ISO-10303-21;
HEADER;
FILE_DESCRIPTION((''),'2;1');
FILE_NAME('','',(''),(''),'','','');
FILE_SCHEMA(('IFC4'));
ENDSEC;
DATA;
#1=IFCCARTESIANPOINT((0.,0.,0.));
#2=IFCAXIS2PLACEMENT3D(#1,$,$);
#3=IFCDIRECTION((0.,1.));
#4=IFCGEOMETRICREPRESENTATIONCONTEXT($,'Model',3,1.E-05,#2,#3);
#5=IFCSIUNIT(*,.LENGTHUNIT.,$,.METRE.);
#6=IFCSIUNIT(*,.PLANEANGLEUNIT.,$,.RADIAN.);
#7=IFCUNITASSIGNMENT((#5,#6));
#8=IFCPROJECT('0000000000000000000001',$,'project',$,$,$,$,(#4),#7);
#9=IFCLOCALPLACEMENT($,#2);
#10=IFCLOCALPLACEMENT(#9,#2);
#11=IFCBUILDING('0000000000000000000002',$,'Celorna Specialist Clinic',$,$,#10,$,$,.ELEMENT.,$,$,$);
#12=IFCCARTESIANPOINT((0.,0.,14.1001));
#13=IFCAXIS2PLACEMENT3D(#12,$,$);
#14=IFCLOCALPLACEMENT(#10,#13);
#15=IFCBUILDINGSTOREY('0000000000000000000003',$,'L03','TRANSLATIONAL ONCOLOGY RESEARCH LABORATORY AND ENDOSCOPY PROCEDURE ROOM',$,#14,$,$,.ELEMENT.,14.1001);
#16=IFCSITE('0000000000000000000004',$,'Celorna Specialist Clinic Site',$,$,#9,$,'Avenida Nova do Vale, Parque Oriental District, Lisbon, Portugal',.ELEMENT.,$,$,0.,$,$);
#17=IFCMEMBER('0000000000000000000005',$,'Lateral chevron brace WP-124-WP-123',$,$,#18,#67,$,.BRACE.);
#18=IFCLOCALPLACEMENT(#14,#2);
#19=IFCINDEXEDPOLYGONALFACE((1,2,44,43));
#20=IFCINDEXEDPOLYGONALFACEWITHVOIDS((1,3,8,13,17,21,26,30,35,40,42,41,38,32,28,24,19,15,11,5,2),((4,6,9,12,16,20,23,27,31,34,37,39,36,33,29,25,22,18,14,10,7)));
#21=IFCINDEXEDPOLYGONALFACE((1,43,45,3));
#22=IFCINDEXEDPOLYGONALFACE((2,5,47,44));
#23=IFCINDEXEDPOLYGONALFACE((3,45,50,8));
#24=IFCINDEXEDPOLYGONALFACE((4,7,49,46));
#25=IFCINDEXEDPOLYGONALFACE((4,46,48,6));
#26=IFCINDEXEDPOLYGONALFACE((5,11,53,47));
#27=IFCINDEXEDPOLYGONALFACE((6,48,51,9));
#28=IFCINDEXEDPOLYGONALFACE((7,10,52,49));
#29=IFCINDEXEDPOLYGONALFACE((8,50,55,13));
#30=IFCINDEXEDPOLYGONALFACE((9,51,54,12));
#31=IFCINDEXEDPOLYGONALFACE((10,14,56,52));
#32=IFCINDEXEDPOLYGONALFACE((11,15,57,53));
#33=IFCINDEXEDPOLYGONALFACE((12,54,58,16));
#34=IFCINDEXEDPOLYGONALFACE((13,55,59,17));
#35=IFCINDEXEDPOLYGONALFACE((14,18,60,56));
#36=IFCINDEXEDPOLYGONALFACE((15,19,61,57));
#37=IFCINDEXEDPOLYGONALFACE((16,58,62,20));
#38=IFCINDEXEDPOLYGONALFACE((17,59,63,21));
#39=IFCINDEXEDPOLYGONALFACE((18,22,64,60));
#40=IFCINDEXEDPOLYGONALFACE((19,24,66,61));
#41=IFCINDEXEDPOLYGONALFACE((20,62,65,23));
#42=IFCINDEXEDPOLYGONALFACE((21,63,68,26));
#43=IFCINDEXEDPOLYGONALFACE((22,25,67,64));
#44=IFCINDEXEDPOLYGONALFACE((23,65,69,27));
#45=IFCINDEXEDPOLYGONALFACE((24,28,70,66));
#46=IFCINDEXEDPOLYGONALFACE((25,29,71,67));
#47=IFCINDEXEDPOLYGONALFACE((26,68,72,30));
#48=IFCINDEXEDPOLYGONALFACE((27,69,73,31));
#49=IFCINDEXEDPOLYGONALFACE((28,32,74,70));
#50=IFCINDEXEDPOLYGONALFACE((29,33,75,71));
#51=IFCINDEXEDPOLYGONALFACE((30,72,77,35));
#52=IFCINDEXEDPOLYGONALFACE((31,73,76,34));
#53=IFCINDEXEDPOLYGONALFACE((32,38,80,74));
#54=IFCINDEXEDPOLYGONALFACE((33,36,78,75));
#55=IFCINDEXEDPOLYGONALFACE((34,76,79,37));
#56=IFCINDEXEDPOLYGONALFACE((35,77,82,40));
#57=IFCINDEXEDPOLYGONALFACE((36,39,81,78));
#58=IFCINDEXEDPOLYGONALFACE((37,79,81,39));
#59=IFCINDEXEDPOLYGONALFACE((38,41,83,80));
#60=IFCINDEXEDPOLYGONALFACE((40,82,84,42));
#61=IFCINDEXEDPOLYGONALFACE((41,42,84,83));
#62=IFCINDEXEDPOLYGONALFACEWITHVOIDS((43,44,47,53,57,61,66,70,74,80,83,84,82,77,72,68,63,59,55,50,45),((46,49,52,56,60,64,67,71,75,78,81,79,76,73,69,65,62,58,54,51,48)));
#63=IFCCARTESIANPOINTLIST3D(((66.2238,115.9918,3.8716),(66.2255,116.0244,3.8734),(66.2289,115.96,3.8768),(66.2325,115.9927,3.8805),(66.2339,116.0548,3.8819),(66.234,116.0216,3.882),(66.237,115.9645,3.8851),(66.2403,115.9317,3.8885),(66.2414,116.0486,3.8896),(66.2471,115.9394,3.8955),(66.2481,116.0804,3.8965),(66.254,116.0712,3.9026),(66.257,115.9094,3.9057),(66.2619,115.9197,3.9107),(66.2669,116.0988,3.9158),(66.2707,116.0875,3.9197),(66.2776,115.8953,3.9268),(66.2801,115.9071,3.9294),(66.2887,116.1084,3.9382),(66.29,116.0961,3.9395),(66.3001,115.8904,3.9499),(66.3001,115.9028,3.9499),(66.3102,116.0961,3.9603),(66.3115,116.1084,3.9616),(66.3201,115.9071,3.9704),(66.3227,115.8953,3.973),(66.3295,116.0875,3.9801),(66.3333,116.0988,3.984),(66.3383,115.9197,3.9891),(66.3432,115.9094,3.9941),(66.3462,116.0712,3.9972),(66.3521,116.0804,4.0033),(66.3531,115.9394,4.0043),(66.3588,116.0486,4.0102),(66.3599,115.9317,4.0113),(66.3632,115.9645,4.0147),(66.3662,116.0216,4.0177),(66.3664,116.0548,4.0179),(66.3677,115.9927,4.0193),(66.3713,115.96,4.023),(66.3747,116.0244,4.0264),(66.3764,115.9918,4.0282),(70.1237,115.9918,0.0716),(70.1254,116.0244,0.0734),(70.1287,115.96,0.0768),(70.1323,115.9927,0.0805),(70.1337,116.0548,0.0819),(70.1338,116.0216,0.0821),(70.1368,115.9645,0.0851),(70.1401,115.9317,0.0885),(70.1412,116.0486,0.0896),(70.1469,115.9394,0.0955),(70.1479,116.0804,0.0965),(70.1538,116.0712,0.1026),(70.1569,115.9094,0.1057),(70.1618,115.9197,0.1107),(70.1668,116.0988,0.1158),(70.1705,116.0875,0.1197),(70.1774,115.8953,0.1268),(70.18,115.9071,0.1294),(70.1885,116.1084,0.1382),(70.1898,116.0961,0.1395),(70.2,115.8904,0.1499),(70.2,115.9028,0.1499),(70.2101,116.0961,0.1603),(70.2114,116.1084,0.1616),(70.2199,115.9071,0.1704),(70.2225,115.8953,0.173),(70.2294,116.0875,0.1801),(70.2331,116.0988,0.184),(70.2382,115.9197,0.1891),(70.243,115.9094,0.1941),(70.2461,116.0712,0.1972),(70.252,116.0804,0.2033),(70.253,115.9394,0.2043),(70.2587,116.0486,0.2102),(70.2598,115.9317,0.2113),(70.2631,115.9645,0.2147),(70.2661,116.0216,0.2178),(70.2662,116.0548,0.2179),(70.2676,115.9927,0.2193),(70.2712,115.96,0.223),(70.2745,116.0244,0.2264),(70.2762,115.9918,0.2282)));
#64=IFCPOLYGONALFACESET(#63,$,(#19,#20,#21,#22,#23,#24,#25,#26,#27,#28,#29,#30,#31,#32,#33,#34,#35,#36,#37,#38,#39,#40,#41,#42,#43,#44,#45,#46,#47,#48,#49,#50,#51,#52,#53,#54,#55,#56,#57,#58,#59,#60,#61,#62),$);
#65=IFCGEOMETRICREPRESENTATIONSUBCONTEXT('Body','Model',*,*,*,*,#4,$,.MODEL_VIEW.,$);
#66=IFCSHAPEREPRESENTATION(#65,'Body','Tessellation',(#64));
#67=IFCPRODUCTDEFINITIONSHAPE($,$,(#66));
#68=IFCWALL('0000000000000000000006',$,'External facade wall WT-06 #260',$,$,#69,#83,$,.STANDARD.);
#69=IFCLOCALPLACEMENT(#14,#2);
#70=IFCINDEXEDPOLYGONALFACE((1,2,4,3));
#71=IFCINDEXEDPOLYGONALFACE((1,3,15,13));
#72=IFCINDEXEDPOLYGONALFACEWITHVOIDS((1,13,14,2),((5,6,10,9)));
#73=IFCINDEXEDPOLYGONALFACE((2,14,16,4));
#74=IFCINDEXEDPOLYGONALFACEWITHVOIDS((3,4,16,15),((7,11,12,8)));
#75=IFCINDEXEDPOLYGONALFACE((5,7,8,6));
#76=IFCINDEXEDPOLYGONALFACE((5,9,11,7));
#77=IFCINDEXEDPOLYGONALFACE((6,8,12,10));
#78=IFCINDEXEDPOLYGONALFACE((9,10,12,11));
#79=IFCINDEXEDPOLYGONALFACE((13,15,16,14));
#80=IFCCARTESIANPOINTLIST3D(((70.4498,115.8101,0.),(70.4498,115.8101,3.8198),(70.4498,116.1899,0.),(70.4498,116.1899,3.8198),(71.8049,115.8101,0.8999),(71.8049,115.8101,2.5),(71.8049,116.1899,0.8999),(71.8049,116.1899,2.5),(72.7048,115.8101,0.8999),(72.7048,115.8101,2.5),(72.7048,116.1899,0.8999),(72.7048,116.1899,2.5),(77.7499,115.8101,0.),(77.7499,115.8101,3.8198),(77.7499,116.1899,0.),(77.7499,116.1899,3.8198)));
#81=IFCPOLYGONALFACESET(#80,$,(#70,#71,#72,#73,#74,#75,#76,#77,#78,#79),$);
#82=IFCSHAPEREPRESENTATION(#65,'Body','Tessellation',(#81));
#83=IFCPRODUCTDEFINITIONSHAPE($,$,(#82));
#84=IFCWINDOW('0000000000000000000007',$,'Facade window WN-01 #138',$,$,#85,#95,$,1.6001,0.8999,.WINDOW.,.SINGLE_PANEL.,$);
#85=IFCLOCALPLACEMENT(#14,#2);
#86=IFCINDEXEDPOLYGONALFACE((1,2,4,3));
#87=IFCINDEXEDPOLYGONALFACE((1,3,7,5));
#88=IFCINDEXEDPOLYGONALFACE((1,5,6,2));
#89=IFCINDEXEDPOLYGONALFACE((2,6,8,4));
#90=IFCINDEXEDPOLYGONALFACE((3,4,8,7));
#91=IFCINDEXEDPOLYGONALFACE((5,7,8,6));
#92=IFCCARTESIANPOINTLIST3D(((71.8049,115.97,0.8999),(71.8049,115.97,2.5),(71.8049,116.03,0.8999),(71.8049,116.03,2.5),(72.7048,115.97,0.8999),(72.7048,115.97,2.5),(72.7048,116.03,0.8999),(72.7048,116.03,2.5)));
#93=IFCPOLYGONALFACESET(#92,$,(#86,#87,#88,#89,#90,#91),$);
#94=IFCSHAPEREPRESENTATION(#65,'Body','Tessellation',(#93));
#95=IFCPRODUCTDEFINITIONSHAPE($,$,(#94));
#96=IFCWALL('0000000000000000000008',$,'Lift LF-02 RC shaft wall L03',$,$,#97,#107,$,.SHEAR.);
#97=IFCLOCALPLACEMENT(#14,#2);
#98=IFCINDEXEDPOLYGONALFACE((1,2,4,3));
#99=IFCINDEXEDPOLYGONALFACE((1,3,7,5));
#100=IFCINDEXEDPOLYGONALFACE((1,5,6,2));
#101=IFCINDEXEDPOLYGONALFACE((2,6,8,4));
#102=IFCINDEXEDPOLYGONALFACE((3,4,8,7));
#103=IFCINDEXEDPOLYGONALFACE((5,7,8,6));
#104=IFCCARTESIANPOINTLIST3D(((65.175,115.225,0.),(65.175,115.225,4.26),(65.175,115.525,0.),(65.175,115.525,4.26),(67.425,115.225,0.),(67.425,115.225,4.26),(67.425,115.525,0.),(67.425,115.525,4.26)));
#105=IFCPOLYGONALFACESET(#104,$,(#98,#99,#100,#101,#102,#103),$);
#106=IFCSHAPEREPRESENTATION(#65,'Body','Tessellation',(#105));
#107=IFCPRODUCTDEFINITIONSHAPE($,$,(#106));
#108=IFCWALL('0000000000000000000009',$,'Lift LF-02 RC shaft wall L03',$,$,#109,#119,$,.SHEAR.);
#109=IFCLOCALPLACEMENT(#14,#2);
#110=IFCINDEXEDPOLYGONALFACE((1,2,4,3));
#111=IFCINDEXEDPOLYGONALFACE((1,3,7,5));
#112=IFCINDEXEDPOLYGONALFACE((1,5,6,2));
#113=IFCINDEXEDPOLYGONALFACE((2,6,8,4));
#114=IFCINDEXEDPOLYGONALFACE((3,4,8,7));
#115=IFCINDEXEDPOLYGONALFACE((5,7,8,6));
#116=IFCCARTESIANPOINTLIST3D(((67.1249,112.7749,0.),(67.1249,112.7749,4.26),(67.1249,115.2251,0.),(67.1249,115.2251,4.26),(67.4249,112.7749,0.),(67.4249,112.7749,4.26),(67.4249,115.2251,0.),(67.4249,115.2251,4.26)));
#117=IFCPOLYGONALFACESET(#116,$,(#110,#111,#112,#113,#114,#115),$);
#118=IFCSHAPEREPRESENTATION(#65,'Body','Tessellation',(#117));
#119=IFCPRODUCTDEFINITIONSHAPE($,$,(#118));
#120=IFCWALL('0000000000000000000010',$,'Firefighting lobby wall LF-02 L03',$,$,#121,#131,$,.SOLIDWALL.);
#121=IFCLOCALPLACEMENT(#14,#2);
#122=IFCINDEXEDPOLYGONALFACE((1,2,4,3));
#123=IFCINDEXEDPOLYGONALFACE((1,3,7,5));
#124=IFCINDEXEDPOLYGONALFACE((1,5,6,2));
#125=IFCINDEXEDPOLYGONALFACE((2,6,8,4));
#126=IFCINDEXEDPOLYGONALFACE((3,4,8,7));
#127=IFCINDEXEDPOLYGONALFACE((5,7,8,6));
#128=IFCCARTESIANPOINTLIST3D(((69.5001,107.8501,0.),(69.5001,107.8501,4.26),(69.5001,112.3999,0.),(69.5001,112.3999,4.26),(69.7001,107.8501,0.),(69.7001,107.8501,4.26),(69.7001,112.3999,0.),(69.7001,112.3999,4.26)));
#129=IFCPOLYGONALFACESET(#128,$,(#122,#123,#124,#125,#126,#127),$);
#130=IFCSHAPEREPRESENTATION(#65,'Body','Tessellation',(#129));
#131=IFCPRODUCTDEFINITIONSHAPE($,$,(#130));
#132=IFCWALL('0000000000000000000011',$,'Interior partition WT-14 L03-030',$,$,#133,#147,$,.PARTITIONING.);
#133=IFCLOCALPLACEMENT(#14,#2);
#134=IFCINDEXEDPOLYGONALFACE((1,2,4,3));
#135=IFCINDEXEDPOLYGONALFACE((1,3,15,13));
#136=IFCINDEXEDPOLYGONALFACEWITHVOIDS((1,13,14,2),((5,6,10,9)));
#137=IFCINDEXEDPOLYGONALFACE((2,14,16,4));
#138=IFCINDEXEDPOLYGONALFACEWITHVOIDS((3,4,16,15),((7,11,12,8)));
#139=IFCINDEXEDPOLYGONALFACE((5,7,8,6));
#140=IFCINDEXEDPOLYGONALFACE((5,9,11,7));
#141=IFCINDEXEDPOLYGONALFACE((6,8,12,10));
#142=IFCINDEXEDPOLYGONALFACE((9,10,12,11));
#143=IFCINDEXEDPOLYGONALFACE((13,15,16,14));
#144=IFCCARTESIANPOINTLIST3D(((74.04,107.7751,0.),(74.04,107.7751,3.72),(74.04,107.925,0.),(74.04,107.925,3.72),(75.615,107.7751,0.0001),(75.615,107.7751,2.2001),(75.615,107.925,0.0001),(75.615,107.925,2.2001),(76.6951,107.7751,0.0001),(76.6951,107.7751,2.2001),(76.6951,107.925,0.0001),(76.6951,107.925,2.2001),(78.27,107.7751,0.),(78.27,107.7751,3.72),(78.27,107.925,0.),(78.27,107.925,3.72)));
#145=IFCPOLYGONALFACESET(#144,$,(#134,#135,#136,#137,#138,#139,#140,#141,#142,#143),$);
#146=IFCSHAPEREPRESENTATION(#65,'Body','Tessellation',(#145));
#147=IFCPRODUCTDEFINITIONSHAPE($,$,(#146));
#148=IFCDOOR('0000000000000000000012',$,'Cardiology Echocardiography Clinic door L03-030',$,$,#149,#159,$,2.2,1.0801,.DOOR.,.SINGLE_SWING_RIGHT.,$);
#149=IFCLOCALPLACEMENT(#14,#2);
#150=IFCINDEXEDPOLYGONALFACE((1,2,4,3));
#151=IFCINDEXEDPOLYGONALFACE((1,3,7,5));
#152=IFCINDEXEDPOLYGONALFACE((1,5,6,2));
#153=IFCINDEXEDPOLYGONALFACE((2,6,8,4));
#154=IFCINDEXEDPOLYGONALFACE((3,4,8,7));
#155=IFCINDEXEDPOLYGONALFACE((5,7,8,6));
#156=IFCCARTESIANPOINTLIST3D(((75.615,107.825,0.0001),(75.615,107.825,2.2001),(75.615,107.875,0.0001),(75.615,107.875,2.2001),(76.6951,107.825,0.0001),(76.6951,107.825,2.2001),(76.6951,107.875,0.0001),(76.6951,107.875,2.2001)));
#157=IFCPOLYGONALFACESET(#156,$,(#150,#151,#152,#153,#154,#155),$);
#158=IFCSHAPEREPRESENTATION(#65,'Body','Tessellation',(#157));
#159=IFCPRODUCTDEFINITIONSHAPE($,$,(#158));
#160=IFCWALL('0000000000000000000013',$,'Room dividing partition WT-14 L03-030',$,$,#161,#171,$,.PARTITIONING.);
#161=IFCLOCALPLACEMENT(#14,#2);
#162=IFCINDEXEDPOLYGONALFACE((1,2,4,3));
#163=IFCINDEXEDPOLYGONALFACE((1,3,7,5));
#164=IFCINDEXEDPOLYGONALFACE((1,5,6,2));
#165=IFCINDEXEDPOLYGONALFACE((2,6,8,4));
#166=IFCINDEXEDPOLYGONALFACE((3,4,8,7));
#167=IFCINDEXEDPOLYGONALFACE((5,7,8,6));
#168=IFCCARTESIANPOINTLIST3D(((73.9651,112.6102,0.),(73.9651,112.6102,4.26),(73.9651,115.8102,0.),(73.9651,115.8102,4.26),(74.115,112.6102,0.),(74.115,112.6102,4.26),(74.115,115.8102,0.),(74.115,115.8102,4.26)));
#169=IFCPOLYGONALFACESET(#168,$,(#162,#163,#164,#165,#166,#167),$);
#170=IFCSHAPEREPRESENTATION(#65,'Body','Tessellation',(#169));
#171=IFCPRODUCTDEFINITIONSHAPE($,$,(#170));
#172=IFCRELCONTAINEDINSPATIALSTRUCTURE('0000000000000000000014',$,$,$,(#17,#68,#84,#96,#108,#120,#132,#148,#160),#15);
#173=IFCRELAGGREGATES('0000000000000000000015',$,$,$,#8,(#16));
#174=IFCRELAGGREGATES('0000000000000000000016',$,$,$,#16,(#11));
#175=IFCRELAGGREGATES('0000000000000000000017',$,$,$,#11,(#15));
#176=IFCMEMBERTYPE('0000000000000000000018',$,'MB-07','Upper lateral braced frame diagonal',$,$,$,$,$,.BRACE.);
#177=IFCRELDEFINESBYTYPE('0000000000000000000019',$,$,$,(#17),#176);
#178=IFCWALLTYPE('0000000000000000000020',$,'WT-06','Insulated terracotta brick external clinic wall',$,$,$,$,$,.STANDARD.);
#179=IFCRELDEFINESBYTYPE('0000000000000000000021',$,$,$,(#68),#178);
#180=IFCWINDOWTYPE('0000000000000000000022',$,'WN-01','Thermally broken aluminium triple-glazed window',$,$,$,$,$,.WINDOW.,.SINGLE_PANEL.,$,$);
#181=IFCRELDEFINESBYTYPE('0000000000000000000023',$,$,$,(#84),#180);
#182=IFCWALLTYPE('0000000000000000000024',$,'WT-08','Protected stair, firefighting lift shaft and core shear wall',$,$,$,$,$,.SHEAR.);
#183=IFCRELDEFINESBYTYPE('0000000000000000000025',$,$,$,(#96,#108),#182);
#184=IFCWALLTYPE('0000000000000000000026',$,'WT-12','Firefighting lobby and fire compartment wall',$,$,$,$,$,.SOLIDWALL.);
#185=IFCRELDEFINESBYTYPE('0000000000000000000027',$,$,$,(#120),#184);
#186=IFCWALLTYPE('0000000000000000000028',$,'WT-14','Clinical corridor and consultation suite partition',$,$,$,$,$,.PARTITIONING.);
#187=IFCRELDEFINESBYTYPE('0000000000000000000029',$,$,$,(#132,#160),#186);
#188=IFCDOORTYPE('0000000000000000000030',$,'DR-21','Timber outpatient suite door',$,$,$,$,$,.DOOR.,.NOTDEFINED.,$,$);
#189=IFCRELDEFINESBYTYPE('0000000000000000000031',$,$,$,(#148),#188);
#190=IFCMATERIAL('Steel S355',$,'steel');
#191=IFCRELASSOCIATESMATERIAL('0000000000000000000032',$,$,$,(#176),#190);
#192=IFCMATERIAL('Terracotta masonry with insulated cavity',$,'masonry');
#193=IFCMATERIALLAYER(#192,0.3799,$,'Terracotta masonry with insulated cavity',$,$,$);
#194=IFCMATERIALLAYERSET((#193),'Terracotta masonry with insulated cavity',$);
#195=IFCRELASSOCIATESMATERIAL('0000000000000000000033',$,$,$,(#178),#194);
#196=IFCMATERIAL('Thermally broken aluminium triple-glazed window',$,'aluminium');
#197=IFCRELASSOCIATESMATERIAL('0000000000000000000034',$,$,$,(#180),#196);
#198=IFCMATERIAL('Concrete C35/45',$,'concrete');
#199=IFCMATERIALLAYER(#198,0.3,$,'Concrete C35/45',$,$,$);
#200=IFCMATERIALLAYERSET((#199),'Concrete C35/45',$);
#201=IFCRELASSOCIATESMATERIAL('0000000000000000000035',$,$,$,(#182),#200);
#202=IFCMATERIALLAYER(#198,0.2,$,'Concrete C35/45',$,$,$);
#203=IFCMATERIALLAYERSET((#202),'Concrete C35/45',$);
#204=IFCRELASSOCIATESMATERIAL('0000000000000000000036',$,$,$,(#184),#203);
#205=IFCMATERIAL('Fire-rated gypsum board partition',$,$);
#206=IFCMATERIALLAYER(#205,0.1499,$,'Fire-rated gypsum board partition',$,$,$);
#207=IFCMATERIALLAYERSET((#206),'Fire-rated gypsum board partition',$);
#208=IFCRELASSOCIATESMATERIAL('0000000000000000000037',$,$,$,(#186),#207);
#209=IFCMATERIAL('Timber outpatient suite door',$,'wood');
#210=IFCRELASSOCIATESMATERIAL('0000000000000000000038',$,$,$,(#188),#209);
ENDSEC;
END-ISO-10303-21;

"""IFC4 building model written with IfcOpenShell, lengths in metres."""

from ifc_helpers import new_model, si_unit, direction, frame, frame_2d, origin, origin_2d, place, context, subcontext, project, spatial, rectangle, hollow_circle, extrude, material, layer, layer_set, material_profile, profile_set, type_object, element, fill, save


model = new_model("IFC4")

# Units and contexts
model_context = context("Model", 3, precision=1e-05, world=origin(), true_north=direction((0.0, 1.0)))
body_context = subcontext(model_context, "Body", "Model", "MODEL_VIEW")
ifc_project = project(units=[si_unit("LENGTHUNIT", "METRE"), si_unit("PLANEANGLEUNIT", "RADIAN")], contexts=[model_context])

# Site, building, storey
site_placement = place(None, origin())
site = spatial("IfcSite", under=ifc_project, at=site_placement, Name="Celorna Specialist Clinic Site", LongName="Avenida Nova do Vale, Parque Oriental District, Lisbon, Portugal", CompositionType="ELEMENT", RefElevation=0.0)
building_placement = place(site_placement, origin())
building = spatial("IfcBuilding", under=site, at=building_placement, Name="Celorna Specialist Clinic", CompositionType="ELEMENT")
storey_placement = place(building_placement, frame((0.0, 0.0, 14.1001)))
storey = spatial("IfcBuildingStorey", under=building, at=storey_placement, Name="L03", Description="TRANSLATIONAL ONCOLOGY RESEARCH LABORATORY AND ENDOSCOPY PROCEDURE ROOM", CompositionType="ELEMENT", Elevation=14.1001)

# Shared definitions
ifc_material_1 = material(Name="Concrete C35/45", Category="concrete")

# Shared definitions
ifc_material_2 = material(Name="Steel S355", Category="steel")

# Member
ifc_material_profile_1 = material_profile(ifc_material_2, hollow_circle(Radius=0.1096, WallThickness=0.0125, at=origin_2d()), Name="CHS 219.1x12.5")
ifc_profile_set_1 = profile_set([ifc_material_profile_1], Name="Steel S355")
member_type = type_object("IfcMemberType", Name="MB-07", Description="Upper lateral braced frame diagonal", PredefinedType="BRACE", material=ifc_profile_set_1)
member_placement = place(storey_placement, frame((70.2, 116.0, 0.1499), z_axis=(-0.716216, 0.0, 0.697878), x_axis=(0.0, -1.0, 0.0)))
element("IfcMember", 1, at=member_placement, inside=storey, type_object=member_type, Name="Lateral chevron brace WP-124-WP-123", PredefinedType="BRACE", context=body_context, shape_type="SweptSolid", body=[
    extrude(hollow_circle(Radius=0.1096, WallThickness=0.0125, at=origin_2d()), origin(), (0.0, 0.0, 1.0), 5.4451),
])

# Wall, opening, window
ifc_material_3 = material(Name="Terracotta masonry with insulated cavity", Category="masonry")
ifc_layer_1 = layer(ifc_material_3, 0.3799, Name="Terracotta masonry with insulated cavity")
ifc_layer_set_1 = layer_set([ifc_layer_1], Name="Terracotta masonry with insulated cavity")
wall_type_1 = type_object("IfcWallType", Name="WT-06", Description="Insulated terracotta brick external clinic wall", PredefinedType="STANDARD", material=ifc_layer_set_1)
wall_1_placement = place(storey_placement, frame((70.45, 116.0, 0.0), z_axis=(0.0, 0.0, 1.0), x_axis=(1.0, 0.0, 0.0)))
wall_1 = element("IfcWall", 2, at=wall_1_placement, inside=storey, type_object=wall_type_1, Name="External facade wall WT-06 #260", PredefinedType="STANDARD", context=body_context, shape_type="SweptSolid", body=[
    extrude(rectangle(XDim=7.3, YDim=0.3799, at=frame_2d((3.6499, 0.0))), origin(), (0.0, 0.0, 1.0), 3.8198),
])
opening_1_placement = place(wall_1_placement, frame((1.355, 0.0, 0.8999)))
opening_1 = element("IfcOpeningElement", 3, at=opening_1_placement, cuts=wall_1, PredefinedType="OPENING", context=body_context, shape_type="SweptSolid", body=[
    extrude(rectangle(XDim=0.8999, YDim=1.6001, at=frame_2d((0.45, 0.8))), frame((0.0, 0.2, 0.0), z_axis=(0.0, -1.0, 0.0), x_axis=(1.0, 0.0, 0.0)), (0.0, 0.0, 1.0), 0.3999),
])
ifc_material_4 = material(Name="Thermally broken aluminium triple-glazed window", Category="aluminium")
window_type = type_object("IfcWindowType", Name="WN-01", Description="Thermally broken aluminium triple-glazed window", PartitioningType="SINGLE_PANEL", PredefinedType="WINDOW", material=ifc_material_4)
window_placement = place(opening_1_placement, origin())
window = element("IfcWindow", 4, at=window_placement, inside=storey, type_object=window_type, Name="Facade window WN-01 #138", OverallHeight=1.6001, OverallWidth=0.8999, PartitioningType="SINGLE_PANEL", PredefinedType="WINDOW", context=body_context, shape_type="SweptSolid", body=[
    extrude(rectangle(XDim=0.8999, YDim=1.6001, at=frame_2d((0.45, 0.8))), frame((0.0, 0.03, 0.0), z_axis=(0.0, -1.0, 0.0), x_axis=(1.0, 0.0, 0.0)), (0.0, 0.0, 1.0), 0.0601),
])
fill(opening_1, window)

# Walls
ifc_layer_2 = layer(ifc_material_1, 0.3, Name="Concrete C35/45")
ifc_layer_set_2 = layer_set([ifc_layer_2], Name="Concrete C35/45")
wall_type_2 = type_object("IfcWallType", Name="WT-08", Description="Protected stair, firefighting lift shaft and core shear wall", PredefinedType="SHEAR", material=ifc_layer_set_2)
wall_2_placement = place(storey_placement, frame((67.425, 115.375, 0.0), z_axis=(0.0, 0.0, 1.0), x_axis=(-1.0, 0.0, 0.0)))
element("IfcWall", 5, at=wall_2_placement, inside=storey, type_object=wall_type_2, Name="Lift LF-02 RC shaft wall L03", PredefinedType="SHEAR", context=body_context, shape_type="SweptSolid", body=[
    extrude(rectangle(XDim=2.25, YDim=0.3, at=frame_2d((1.125, 0.0))), origin(), (0.0, 0.0, 1.0), 4.26),
])
wall_3_placement = place(storey_placement, frame((67.2749, 112.7749, 0.0), z_axis=(0.0, 0.0, 1.0), x_axis=(0.0, 1.0, 0.0)))
element("IfcWall", 6, at=wall_3_placement, inside=storey, type_object=wall_type_2, Name="Lift LF-02 RC shaft wall L03", PredefinedType="SHEAR", context=body_context, shape_type="SweptSolid", body=[
    extrude(rectangle(XDim=2.4502, YDim=0.3, at=frame_2d((1.2251, 0.0))), origin(), (0.0, 0.0, 1.0), 4.26),
])
ifc_layer_3 = layer(ifc_material_1, 0.2, Name="Concrete C35/45")
ifc_layer_set_3 = layer_set([ifc_layer_3], Name="Concrete C35/45")
wall_type_3 = type_object("IfcWallType", Name="WT-12", Description="Firefighting lobby and fire compartment wall", PredefinedType="SOLIDWALL", material=ifc_layer_set_3)
wall_4_placement = place(storey_placement, frame((69.6001, 107.8501, 0.0), z_axis=(0.0, 0.0, 1.0), x_axis=(0.0, 1.0, 0.0)))
element("IfcWall", 7, at=wall_4_placement, inside=storey, type_object=wall_type_3, Name="Firefighting lobby wall LF-02 L03", PredefinedType="SOLIDWALL", context=body_context, shape_type="SweptSolid", body=[
    extrude(rectangle(XDim=4.5498, YDim=0.2, at=frame_2d((2.2749, 0.0))), origin(), (0.0, 0.0, 1.0), 4.26),
])

# Wall, opening, door
ifc_material_5 = material(Name="Fire-rated gypsum board partition")
ifc_layer_4 = layer(ifc_material_5, 0.1499, Name="Fire-rated gypsum board partition")
ifc_layer_set_4 = layer_set([ifc_layer_4], Name="Fire-rated gypsum board partition")
wall_type_4 = type_object("IfcWallType", Name="WT-14", Description="Clinical corridor and consultation suite partition", PredefinedType="PARTITIONING", material=ifc_layer_set_4)
wall_5_placement = place(storey_placement, frame((74.04, 107.8501, 0.0), z_axis=(0.0, 0.0, 1.0), x_axis=(1.0, 0.0, 0.0)))
wall_5 = element("IfcWall", 8, at=wall_5_placement, inside=storey, type_object=wall_type_4, Name="Interior partition WT-14 L03-030", PredefinedType="PARTITIONING", context=body_context, shape_type="SweptSolid", body=[
    extrude(rectangle(XDim=4.23, YDim=0.1499, at=frame_2d((2.115, 0.0))), origin(), (0.0, 0.0, 1.0), 3.72),
])
opening_2_placement = place(wall_5_placement, frame((1.575, 0.0, 0.0)))
opening_2 = element("IfcOpeningElement", 9, at=opening_2_placement, cuts=wall_5, PredefinedType="OPENING", context=body_context, shape_type="SweptSolid", body=[
    extrude(rectangle(XDim=1.0801, YDim=2.2, at=frame_2d((0.54, 1.1001))), frame((0.0, 0.085, 0.0), z_axis=(0.0, -1.0, 0.0), x_axis=(1.0, 0.0, 0.0)), (0.0, 0.0, 1.0), 0.1699),
])
ifc_material_6 = material(Name="Timber outpatient suite door", Category="wood")
door_type_1 = type_object("IfcDoorType", Name="DR-21", Description="Timber outpatient suite door", OperationType="NOTDEFINED", PredefinedType="DOOR", material=ifc_material_6)
door_1_placement = place(opening_2_placement, origin())
door_1 = element("IfcDoor", 10, at=door_1_placement, inside=storey, type_object=door_type_1, Name="Cardiology Echocardiography Clinic door L03-030", OperationType="SINGLE_SWING_RIGHT", OverallHeight=2.2, OverallWidth=1.0801, PredefinedType="DOOR", context=body_context, shape_type="SweptSolid", body=[
    extrude(rectangle(XDim=1.0801, YDim=2.2, at=frame_2d((0.54, 1.1001))), frame((0.0, 0.0249, 0.0), z_axis=(0.0, -1.0, 0.0), x_axis=(1.0, 0.0, 0.0)), (0.0, 0.0, 1.0), 0.05),
])
fill(opening_2, door_1)

# Wall
wall_6_placement = place(storey_placement, frame((74.04, 112.6101, 0.0), z_axis=(0.0, 0.0, 1.0), x_axis=(0.0, 1.0, 0.0)))
element("IfcWall", 11, at=wall_6_placement, inside=storey, type_object=wall_type_4, Name="Room dividing partition WT-14 L03-030", PredefinedType="PARTITIONING", context=body_context, shape_type="SweptSolid", body=[
    extrude(rectangle(XDim=3.2, YDim=0.1499, at=frame_2d((1.6001, 0.0))), origin(), (0.0, 0.0, 1.0), 4.26),
])

save(model, "model.ifc")
